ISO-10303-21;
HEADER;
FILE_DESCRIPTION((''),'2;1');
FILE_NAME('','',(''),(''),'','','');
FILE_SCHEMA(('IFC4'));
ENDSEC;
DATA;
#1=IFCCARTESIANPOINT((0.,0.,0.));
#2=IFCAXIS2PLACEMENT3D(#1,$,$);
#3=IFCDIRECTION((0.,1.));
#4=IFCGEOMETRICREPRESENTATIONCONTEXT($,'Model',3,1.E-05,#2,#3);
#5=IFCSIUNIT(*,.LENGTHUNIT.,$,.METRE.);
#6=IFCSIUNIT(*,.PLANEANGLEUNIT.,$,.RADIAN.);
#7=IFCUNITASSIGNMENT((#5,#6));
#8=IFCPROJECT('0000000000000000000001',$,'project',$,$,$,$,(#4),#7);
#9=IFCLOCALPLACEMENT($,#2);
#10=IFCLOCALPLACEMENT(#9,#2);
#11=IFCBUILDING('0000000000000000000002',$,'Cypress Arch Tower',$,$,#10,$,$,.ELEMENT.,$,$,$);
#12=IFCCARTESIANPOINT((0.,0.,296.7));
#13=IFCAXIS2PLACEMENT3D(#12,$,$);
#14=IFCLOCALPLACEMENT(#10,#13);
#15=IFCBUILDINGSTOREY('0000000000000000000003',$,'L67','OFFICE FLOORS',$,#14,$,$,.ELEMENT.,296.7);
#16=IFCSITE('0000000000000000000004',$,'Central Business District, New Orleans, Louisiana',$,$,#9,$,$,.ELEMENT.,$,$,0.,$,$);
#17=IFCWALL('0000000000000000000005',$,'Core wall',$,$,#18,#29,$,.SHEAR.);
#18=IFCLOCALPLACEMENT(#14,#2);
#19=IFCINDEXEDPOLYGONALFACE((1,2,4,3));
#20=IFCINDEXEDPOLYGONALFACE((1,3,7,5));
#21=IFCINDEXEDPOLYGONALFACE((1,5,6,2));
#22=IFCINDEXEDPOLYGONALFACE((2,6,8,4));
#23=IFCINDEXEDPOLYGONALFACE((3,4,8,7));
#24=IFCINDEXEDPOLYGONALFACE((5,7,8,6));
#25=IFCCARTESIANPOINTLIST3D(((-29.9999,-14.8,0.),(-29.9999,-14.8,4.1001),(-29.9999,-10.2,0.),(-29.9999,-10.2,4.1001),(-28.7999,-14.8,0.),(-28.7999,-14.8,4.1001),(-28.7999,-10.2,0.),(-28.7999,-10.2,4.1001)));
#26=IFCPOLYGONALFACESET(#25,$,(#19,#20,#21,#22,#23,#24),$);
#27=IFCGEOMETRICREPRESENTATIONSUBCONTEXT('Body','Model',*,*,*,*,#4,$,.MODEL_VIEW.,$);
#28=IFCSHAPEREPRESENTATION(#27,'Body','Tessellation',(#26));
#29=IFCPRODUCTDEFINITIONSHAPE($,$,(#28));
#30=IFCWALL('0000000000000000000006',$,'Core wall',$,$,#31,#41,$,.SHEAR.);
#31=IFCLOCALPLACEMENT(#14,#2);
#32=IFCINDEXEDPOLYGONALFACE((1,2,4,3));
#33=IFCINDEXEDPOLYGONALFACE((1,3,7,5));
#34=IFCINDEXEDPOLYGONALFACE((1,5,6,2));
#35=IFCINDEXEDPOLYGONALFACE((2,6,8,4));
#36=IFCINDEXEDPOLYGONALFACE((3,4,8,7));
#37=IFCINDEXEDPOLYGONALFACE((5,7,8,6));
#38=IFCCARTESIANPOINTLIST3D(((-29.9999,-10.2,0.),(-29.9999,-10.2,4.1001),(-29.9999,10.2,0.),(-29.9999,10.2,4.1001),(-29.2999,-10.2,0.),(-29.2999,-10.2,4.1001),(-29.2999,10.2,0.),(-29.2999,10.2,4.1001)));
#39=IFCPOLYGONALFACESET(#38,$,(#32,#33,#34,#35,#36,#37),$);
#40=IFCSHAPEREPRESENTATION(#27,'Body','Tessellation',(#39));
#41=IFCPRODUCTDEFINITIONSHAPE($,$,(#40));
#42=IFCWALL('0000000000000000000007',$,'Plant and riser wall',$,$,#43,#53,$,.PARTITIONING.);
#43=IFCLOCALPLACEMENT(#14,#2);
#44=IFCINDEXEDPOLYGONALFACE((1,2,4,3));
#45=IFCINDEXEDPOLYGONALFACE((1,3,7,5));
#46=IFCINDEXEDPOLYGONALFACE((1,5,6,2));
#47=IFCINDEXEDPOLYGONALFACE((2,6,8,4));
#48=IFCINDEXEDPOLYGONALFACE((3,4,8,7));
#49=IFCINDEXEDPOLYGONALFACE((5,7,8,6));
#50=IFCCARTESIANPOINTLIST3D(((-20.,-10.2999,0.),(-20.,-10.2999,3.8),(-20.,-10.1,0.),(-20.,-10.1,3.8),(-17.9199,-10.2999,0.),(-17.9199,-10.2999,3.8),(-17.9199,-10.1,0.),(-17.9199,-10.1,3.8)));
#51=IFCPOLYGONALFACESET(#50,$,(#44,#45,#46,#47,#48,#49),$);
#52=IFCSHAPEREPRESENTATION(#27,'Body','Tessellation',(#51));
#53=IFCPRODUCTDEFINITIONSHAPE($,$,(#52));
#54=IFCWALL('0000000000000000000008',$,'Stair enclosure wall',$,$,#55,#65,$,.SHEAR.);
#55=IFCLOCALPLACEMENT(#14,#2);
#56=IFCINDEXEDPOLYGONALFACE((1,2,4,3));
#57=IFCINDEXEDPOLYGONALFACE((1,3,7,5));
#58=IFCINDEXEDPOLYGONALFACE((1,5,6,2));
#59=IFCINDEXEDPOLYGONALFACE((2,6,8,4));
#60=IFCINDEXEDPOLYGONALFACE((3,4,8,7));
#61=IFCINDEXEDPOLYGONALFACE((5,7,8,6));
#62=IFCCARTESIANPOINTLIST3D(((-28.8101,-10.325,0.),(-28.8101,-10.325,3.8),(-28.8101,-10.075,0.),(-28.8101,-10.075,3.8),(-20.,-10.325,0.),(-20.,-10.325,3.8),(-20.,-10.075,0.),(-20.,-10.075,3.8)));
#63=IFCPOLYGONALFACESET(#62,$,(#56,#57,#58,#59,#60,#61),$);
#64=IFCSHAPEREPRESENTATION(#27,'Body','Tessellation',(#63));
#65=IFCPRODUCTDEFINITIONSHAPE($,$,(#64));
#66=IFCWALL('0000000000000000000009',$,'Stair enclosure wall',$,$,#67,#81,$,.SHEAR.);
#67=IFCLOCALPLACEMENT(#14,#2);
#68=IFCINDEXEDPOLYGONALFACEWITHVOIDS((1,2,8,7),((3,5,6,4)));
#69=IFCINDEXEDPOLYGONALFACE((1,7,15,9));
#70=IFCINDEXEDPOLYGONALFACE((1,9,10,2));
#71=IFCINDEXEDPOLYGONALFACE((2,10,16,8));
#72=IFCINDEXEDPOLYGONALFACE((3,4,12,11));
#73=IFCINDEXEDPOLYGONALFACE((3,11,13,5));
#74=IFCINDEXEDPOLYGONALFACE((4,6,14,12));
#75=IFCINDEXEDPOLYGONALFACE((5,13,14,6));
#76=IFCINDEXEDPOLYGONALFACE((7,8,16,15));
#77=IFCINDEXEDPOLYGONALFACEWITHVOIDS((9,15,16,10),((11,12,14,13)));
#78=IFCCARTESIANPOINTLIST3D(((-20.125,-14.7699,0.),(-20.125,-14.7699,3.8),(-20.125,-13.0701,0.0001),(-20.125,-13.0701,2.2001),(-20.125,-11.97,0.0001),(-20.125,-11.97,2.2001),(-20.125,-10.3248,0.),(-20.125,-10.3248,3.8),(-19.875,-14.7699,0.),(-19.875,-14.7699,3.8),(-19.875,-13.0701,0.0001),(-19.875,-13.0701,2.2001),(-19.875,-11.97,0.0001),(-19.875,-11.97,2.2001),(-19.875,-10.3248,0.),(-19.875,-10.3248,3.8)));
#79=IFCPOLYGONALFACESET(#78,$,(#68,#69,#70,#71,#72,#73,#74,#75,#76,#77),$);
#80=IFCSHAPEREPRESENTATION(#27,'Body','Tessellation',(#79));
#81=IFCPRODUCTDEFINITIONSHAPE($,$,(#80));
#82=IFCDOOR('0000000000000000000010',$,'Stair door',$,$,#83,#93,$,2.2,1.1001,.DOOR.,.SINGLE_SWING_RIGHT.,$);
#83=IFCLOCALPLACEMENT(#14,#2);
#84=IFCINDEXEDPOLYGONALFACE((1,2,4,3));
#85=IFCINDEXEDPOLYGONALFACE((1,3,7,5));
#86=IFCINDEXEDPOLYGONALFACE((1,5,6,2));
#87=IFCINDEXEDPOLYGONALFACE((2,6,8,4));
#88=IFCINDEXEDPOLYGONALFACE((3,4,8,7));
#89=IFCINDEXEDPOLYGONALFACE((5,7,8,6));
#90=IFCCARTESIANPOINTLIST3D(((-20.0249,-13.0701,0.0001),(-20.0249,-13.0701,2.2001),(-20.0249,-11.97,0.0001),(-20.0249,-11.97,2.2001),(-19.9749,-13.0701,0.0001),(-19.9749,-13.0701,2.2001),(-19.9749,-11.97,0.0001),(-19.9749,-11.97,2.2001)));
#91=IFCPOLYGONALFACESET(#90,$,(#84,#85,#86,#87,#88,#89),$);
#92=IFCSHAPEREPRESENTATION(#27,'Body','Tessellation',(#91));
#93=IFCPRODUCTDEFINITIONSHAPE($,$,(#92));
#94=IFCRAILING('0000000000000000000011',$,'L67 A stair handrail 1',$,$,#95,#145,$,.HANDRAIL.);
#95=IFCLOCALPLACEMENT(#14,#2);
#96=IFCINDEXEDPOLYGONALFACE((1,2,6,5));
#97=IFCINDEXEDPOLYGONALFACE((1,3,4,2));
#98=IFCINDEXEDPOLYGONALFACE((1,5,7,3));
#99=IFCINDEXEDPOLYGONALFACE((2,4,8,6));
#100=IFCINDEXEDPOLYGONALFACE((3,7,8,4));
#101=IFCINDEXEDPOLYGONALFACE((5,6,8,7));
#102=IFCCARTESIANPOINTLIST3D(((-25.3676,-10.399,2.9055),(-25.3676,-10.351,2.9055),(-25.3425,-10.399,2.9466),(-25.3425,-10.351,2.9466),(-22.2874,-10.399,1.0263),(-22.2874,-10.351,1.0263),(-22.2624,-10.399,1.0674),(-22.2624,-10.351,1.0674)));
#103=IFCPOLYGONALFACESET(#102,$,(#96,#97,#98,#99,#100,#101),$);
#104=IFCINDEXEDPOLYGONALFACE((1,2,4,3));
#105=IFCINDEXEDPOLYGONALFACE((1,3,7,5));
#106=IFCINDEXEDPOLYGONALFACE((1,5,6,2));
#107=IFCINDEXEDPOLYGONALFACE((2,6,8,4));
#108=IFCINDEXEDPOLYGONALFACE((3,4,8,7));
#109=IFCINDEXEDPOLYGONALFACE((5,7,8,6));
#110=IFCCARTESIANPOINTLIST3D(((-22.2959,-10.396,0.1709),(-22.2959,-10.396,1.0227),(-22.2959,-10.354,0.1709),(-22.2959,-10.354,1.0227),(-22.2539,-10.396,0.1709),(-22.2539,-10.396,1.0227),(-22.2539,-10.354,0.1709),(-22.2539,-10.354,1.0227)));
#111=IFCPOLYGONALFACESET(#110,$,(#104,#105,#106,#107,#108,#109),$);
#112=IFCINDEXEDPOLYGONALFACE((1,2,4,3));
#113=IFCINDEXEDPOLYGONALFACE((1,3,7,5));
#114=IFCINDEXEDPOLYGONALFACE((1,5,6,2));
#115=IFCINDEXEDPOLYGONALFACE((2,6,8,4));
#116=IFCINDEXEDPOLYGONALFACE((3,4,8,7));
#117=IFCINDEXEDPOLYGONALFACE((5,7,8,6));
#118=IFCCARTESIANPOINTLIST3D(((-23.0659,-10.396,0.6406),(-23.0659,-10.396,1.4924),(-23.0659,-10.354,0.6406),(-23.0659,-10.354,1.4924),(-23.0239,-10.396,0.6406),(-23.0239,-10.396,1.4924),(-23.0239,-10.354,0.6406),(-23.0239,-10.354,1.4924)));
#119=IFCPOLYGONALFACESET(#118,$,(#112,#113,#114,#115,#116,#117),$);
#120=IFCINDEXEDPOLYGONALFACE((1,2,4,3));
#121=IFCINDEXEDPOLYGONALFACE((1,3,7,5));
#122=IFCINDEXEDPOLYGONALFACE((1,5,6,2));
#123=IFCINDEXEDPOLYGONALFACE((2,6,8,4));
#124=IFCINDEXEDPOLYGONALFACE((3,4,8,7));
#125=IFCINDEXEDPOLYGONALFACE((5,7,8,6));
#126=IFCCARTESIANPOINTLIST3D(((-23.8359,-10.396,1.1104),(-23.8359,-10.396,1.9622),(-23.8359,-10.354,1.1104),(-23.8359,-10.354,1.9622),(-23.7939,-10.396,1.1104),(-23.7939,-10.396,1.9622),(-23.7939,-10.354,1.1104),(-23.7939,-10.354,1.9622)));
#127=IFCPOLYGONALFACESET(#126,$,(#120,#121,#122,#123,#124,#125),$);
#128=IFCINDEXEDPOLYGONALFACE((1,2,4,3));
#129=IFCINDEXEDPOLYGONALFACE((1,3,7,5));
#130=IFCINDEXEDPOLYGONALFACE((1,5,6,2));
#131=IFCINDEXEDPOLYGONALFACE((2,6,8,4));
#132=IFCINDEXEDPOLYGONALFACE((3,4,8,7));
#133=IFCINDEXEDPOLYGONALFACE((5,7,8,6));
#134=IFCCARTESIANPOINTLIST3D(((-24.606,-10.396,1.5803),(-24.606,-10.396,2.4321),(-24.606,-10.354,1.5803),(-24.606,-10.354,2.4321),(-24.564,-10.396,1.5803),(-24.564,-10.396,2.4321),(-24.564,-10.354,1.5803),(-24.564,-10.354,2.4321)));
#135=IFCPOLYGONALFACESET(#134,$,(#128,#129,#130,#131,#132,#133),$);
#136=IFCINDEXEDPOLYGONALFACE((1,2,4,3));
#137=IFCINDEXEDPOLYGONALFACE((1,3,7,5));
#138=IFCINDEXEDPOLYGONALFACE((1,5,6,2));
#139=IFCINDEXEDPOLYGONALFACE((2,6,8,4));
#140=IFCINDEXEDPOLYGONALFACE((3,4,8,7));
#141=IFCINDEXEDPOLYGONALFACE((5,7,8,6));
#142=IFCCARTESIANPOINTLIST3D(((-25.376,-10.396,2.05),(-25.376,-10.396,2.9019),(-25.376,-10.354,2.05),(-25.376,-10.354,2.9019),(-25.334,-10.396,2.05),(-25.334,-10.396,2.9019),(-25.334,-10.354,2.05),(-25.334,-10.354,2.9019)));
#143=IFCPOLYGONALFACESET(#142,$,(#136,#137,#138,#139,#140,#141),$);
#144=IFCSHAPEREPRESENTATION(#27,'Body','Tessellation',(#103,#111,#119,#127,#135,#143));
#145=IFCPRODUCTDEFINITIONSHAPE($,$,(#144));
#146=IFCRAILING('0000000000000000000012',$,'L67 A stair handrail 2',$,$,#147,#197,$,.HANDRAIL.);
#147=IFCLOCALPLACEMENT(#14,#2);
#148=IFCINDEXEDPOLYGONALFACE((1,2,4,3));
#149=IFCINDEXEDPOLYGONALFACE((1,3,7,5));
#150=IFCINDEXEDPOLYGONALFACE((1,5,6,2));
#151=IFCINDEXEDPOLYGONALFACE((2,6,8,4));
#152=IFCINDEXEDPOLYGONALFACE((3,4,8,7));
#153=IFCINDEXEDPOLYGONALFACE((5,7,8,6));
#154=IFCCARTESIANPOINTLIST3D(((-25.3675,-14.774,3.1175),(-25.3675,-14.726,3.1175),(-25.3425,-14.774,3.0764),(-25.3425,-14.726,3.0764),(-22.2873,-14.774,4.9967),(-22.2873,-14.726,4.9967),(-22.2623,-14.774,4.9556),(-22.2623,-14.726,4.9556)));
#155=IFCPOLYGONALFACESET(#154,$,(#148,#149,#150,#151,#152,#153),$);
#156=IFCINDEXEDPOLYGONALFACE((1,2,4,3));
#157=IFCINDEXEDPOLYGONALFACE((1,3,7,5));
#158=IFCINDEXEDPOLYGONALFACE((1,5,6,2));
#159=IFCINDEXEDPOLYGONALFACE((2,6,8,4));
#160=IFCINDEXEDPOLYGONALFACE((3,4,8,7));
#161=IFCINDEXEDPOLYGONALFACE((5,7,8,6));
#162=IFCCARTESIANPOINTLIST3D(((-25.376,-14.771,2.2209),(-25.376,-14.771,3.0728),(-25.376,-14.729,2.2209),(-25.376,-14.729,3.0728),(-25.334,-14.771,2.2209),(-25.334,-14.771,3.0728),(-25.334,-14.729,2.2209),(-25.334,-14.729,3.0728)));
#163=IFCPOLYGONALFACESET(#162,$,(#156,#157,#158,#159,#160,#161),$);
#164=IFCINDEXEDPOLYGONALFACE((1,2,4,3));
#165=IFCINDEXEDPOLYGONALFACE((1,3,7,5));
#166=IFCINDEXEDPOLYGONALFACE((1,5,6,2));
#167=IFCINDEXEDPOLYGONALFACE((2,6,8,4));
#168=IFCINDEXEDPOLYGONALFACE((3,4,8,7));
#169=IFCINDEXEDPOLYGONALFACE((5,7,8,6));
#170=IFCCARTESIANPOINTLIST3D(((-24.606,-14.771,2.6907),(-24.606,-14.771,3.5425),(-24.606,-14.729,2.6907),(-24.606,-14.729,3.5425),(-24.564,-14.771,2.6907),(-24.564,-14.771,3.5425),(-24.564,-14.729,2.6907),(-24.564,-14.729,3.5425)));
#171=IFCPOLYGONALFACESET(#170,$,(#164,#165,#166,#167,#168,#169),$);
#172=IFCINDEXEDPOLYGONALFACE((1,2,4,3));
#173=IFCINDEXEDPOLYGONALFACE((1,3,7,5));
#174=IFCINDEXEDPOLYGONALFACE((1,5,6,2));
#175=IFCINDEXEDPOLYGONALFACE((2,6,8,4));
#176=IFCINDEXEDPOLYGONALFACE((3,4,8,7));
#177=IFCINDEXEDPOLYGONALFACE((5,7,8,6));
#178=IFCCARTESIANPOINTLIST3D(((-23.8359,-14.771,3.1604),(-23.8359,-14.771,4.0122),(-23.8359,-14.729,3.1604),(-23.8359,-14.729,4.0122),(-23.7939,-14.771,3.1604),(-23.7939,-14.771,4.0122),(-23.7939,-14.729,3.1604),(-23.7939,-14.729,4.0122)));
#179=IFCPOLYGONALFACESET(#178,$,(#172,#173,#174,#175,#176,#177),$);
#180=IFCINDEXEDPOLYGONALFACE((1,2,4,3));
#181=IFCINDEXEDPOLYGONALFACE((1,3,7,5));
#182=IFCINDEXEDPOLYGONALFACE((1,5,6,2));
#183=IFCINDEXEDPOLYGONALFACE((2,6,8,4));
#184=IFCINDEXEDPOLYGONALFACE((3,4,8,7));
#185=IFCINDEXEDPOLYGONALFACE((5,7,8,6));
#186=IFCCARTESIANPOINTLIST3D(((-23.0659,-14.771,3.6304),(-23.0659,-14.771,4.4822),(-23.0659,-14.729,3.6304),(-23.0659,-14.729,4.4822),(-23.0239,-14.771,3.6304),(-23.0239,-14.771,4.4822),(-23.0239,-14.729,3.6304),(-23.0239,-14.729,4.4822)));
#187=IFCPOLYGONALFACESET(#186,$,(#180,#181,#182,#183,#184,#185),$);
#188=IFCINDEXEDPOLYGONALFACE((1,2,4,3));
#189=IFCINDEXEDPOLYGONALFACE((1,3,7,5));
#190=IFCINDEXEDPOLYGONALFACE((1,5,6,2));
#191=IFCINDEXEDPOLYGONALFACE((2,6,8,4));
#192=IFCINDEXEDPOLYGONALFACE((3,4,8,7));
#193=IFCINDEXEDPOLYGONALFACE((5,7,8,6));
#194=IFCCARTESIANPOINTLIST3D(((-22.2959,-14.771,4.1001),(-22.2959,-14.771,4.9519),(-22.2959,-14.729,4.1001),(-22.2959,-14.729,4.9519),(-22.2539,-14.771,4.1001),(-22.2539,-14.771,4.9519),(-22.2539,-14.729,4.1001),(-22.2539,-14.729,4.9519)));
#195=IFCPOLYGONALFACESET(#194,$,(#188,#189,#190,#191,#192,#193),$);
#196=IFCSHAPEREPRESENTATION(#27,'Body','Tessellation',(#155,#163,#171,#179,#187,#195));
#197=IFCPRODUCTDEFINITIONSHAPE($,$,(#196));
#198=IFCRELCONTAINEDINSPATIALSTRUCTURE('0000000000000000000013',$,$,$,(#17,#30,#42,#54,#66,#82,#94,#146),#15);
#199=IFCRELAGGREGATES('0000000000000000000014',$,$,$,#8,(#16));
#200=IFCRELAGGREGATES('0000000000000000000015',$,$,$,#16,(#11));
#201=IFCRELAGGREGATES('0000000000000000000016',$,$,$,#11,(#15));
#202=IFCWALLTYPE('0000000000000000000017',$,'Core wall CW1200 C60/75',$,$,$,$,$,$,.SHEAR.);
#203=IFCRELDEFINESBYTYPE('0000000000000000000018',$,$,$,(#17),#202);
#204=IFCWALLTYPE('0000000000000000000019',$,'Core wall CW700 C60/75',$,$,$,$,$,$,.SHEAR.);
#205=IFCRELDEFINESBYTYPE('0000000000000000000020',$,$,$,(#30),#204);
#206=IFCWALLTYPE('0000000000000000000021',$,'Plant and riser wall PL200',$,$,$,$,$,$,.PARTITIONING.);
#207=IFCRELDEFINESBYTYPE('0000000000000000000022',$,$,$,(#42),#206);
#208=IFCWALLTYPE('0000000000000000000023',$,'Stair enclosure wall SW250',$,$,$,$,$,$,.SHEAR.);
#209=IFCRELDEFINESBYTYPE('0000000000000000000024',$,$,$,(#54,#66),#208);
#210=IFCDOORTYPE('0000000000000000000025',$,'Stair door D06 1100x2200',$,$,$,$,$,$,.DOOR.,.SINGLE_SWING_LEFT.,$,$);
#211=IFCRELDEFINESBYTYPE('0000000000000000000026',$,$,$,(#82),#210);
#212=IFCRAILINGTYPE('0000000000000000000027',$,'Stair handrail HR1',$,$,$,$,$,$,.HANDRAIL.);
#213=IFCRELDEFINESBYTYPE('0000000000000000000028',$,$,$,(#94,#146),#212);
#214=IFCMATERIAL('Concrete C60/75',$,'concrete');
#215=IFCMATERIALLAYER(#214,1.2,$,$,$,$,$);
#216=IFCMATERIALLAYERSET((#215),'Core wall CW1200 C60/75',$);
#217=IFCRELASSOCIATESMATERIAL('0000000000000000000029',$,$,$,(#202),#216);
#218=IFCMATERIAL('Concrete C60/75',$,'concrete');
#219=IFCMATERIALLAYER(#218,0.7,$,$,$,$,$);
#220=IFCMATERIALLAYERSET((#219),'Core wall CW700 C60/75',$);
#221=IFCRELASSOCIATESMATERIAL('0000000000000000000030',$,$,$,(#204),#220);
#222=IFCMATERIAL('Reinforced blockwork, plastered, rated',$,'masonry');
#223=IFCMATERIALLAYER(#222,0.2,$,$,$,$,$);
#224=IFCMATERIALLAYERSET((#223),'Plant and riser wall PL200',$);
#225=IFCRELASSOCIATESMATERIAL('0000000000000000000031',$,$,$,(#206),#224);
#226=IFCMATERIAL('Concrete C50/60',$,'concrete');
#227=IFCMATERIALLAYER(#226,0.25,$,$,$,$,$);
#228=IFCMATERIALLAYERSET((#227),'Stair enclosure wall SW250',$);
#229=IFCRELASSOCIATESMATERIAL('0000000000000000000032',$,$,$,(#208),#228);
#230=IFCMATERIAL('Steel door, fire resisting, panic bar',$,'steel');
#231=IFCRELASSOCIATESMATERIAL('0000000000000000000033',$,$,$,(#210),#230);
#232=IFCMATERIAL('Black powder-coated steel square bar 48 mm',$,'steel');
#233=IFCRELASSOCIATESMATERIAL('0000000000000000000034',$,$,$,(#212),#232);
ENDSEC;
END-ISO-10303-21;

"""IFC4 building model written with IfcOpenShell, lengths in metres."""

from ifc_helpers import new_model, si_unit, direction, frame, frame_2d, origin, origin_2d, place, context, subcontext, project, spatial, rectangle, extrude, material, layer, layer_set, type_object, element, fill, save


model = new_model("IFC4")

# Units and contexts
model_context = context("Model", 3, precision=1e-05, world=origin(), true_north=direction((0.0, 1.0)))
body_context = subcontext(model_context, "Body", "Model", "MODEL_VIEW")
ifc_project = project(units=[si_unit("LENGTHUNIT", "METRE"), si_unit("PLANEANGLEUNIT", "RADIAN")], contexts=[model_context])

# Site, building, storey
site_placement = place(None, origin())
site = spatial("IfcSite", under=ifc_project, at=site_placement, Name="Central Business District, New Orleans, Louisiana", CompositionType="ELEMENT", RefElevation=0.0)
building_placement = place(site_placement, origin())
building = spatial("IfcBuilding", under=site, at=building_placement, Name="Cypress Arch Tower", CompositionType="ELEMENT")
storey_placement = place(building_placement, frame((0.0, 0.0, 296.7)))
storey = spatial("IfcBuildingStorey", under=building, at=storey_placement, Name="L67", Description="OFFICE FLOORS", CompositionType="ELEMENT", Elevation=296.7)

# Walls
ifc_material_1 = material(Name="Concrete C60/75", Category="concrete")
ifc_layer_1 = layer(ifc_material_1, 1.2)
ifc_layer_set_1 = layer_set([ifc_layer_1], Name="Core wall CW1200 C60/75")
wall_type_1 = type_object("IfcWallType", Name="Core wall CW1200 C60/75", PredefinedType="SHEAR", material=ifc_layer_set_1)
wall_1_placement = place(storey_placement, frame((-29.3999, -14.8, 0.0), z_axis=(0.0, 0.0, 1.0), x_axis=(0.0, 1.0, 0.0)))
element("IfcWall", 1, at=wall_1_placement, inside=storey, type_object=wall_type_1, Name="Core wall", PredefinedType="SHEAR", context=body_context, shape_type="SweptSolid", body=[
    extrude(rectangle(XDim=4.6001, YDim=1.2, at=frame_2d((2.3, 0.0))), origin(), (0.0, 0.0, 1.0), 4.1001),
])
ifc_material_2 = material(Name="Concrete C60/75", Category="concrete")
ifc_layer_2 = layer(ifc_material_2, 0.7)
ifc_layer_set_2 = layer_set([ifc_layer_2], Name="Core wall CW700 C60/75")
wall_type_2 = type_object("IfcWallType", Name="Core wall CW700 C60/75", PredefinedType="SHEAR", material=ifc_layer_set_2)
wall_2_placement = place(storey_placement, frame((-29.6499, -10.2, 0.0), z_axis=(0.0, 0.0, 1.0), x_axis=(0.0, 1.0, 0.0)))
element("IfcWall", 2, at=wall_2_placement, inside=storey, type_object=wall_type_2, Name="Core wall", PredefinedType="SHEAR", context=body_context, shape_type="SweptSolid", body=[
    extrude(rectangle(XDim=20.3999, YDim=0.7, at=frame_2d((10.2, 0.0))), origin(), (0.0, 0.0, 1.0), 4.1001),
])
ifc_material_3 = material(Name="Reinforced blockwork, plastered, rated", Category="masonry")
ifc_layer_3 = layer(ifc_material_3, 0.2)
ifc_layer_set_3 = layer_set([ifc_layer_3], Name="Plant and riser wall PL200")
wall_type_3 = type_object("IfcWallType", Name="Plant and riser wall PL200", PredefinedType="PARTITIONING", material=ifc_layer_set_3)
wall_3_placement = place(storey_placement, frame((-20.0, -10.2, 0.0), z_axis=(0.0, 0.0, 1.0), x_axis=(1.0, 0.0, 0.0)))
element("IfcWall", 3, at=wall_3_placement, inside=storey, type_object=wall_type_3, Name="Plant and riser wall", PredefinedType="PARTITIONING", context=body_context, shape_type="SweptSolid", body=[
    extrude(rectangle(XDim=2.0801, YDim=0.2, at=frame_2d((1.04, 0.0))), origin(), (0.0, 0.0, 1.0), 3.8),
])
ifc_material_4 = material(Name="Concrete C50/60", Category="concrete")
ifc_layer_4 = layer(ifc_material_4, 0.25)
ifc_layer_set_4 = layer_set([ifc_layer_4], Name="Stair enclosure wall SW250")
wall_type_4 = type_object("IfcWallType", Name="Stair enclosure wall SW250", PredefinedType="SHEAR", material=ifc_layer_set_4)
wall_4_placement = place(storey_placement, frame((-28.8101, -10.2, 0.0), z_axis=(0.0, 0.0, 1.0), x_axis=(1.0, 0.0, 0.0)))
element("IfcWall", 4, at=wall_4_placement, inside=storey, type_object=wall_type_4, Name="Stair enclosure wall", PredefinedType="SHEAR", context=body_context, shape_type="SweptSolid", body=[
    extrude(rectangle(XDim=8.8101, YDim=0.25, at=frame_2d((4.405, 0.0))), origin(), (0.0, 0.0, 1.0), 3.8),
])

# Wall, opening, door
wall_5_placement = place(storey_placement, frame((-20.0, -14.77, 0.0), z_axis=(0.0, 0.0, 1.0), x_axis=(0.0, 1.0, 0.0)))
wall_5 = element("IfcWall", 5, at=wall_5_placement, inside=storey, type_object=wall_type_4, Name="Stair enclosure wall", PredefinedType="SHEAR", context=body_context, shape_type="SweptSolid", body=[
    extrude(rectangle(XDim=4.4451, YDim=0.25, at=frame_2d((2.2227, 0.0))), origin(), (0.0, 0.0, 1.0), 3.8),
])
opening_1_placement = place(wall_5_placement, frame((1.7, 0.0, 0.0)))
opening_1 = element("IfcOpeningElement", 6, at=opening_1_placement, cuts=wall_5, PredefinedType="OPENING", context=body_context, shape_type="SweptSolid", body=[
    extrude(rectangle(XDim=1.1001, YDim=2.2, at=frame_2d((0.55, 1.1001))), frame((0.0, 0.135, 0.0), z_axis=(0.0, -1.0, 0.0), x_axis=(1.0, 0.0, 0.0)), (0.0, 0.0, 1.0), 0.27),
])
ifc_material_5 = material(Name="Steel door, fire resisting, panic bar", Category="steel")
door_type = type_object("IfcDoorType", Name="Stair door D06 1100x2200", OperationType="SINGLE_SWING_LEFT", PredefinedType="DOOR", material=ifc_material_5)
door_placement = place(opening_1_placement, origin())
door = element("IfcDoor", 7, at=door_placement, inside=storey, type_object=door_type, Name="Stair door", OperationType="SINGLE_SWING_RIGHT", OverallHeight=2.2, OverallWidth=1.1001, PredefinedType="DOOR", context=body_context, shape_type="SweptSolid", body=[
    extrude(rectangle(XDim=1.1001, YDim=2.2, at=frame_2d((0.55, 1.1001))), frame((0.0, 0.0249, 0.0), z_axis=(0.0, -1.0, 0.0), x_axis=(1.0, 0.0, 0.0)), (0.0, 0.0, 1.0), 0.05),
])
fill(opening_1, door)

# Railings
ifc_material_6 = material(Name="Black powder-coated steel square bar 48 mm", Category="steel")
railing_type_1 = type_object("IfcRailingType", Name="Stair handrail HR1", PredefinedType="HANDRAIL", material=ifc_material_6)
railing_1_placement = place(storey_placement, frame((-22.2749, -10.375, 0.1709)))
element("IfcRailing", 8, at=railing_1_placement, inside=storey, type_object=railing_type_1, Name="L67 A stair handrail 1", PredefinedType="HANDRAIL", context=body_context, shape_type="SweptSolid", body=[
    extrude(rectangle(XDim=0.0481, YDim=0.0481, at=origin_2d()), frame((0.0, 0.0, 0.876), z_axis=(-0.853666, 0.0, 0.52082), x_axis=(0.0, -1.0, 0.0)), (0.0, 0.0, 1.0), 3.6082),
    extrude(rectangle(XDim=0.042, YDim=0.042, at=origin_2d()), origin(), (0.0, 0.0, 1.0), 0.8518),
    extrude(rectangle(XDim=0.042, YDim=0.042, at=origin_2d()), frame((-0.77, 0.0, 0.4697)), (0.0, 0.0, 1.0), 0.8518),
    extrude(rectangle(XDim=0.042, YDim=0.042, at=origin_2d()), frame((-1.54, 0.0, 0.9395)), (0.0, 0.0, 1.0), 0.8518),
    extrude(rectangle(XDim=0.042, YDim=0.042, at=origin_2d()), frame((-2.3101, 0.0, 1.4094)), (0.0, 0.0, 1.0), 0.8518),
    extrude(rectangle(XDim=0.042, YDim=0.042, at=origin_2d()), frame((-3.0801, 0.0, 1.8792)), (0.0, 0.0, 1.0), 0.8518),
])
railing_2_placement = place(storey_placement, frame((-25.355, -14.75, 2.2209)))
element("IfcRailing", 9, at=railing_2_placement, inside=storey, type_object=railing_type_1, Name="L67 A stair handrail 2", PredefinedType="HANDRAIL", context=body_context, shape_type="SweptSolid", body=[
    extrude(rectangle(XDim=0.0481, YDim=0.0481, at=origin_2d()), frame((0.0, 0.0, 0.876), z_axis=(0.853666, 0.0, 0.52082), x_axis=(0.0, 1.0, 0.0)), (0.0, 0.0, 1.0), 3.6082),
    extrude(rectangle(XDim=0.042, YDim=0.042, at=origin_2d()), origin(), (0.0, 0.0, 1.0), 0.8518),
    extrude(rectangle(XDim=0.042, YDim=0.042, at=origin_2d()), frame((0.77, 0.0, 0.4697)), (0.0, 0.0, 1.0), 0.8518),
    extrude(rectangle(XDim=0.042, YDim=0.042, at=origin_2d()), frame((1.54, 0.0, 0.9395)), (0.0, 0.0, 1.0), 0.8518),
    extrude(rectangle(XDim=0.042, YDim=0.042, at=origin_2d()), frame((2.3101, 0.0, 1.4094)), (0.0, 0.0, 1.0), 0.8518),
    extrude(rectangle(XDim=0.042, YDim=0.042, at=origin_2d()), frame((3.0801, 0.0, 1.8792)), (0.0, 0.0, 1.0), 0.8518),
])

save(model, "model.ifc")
